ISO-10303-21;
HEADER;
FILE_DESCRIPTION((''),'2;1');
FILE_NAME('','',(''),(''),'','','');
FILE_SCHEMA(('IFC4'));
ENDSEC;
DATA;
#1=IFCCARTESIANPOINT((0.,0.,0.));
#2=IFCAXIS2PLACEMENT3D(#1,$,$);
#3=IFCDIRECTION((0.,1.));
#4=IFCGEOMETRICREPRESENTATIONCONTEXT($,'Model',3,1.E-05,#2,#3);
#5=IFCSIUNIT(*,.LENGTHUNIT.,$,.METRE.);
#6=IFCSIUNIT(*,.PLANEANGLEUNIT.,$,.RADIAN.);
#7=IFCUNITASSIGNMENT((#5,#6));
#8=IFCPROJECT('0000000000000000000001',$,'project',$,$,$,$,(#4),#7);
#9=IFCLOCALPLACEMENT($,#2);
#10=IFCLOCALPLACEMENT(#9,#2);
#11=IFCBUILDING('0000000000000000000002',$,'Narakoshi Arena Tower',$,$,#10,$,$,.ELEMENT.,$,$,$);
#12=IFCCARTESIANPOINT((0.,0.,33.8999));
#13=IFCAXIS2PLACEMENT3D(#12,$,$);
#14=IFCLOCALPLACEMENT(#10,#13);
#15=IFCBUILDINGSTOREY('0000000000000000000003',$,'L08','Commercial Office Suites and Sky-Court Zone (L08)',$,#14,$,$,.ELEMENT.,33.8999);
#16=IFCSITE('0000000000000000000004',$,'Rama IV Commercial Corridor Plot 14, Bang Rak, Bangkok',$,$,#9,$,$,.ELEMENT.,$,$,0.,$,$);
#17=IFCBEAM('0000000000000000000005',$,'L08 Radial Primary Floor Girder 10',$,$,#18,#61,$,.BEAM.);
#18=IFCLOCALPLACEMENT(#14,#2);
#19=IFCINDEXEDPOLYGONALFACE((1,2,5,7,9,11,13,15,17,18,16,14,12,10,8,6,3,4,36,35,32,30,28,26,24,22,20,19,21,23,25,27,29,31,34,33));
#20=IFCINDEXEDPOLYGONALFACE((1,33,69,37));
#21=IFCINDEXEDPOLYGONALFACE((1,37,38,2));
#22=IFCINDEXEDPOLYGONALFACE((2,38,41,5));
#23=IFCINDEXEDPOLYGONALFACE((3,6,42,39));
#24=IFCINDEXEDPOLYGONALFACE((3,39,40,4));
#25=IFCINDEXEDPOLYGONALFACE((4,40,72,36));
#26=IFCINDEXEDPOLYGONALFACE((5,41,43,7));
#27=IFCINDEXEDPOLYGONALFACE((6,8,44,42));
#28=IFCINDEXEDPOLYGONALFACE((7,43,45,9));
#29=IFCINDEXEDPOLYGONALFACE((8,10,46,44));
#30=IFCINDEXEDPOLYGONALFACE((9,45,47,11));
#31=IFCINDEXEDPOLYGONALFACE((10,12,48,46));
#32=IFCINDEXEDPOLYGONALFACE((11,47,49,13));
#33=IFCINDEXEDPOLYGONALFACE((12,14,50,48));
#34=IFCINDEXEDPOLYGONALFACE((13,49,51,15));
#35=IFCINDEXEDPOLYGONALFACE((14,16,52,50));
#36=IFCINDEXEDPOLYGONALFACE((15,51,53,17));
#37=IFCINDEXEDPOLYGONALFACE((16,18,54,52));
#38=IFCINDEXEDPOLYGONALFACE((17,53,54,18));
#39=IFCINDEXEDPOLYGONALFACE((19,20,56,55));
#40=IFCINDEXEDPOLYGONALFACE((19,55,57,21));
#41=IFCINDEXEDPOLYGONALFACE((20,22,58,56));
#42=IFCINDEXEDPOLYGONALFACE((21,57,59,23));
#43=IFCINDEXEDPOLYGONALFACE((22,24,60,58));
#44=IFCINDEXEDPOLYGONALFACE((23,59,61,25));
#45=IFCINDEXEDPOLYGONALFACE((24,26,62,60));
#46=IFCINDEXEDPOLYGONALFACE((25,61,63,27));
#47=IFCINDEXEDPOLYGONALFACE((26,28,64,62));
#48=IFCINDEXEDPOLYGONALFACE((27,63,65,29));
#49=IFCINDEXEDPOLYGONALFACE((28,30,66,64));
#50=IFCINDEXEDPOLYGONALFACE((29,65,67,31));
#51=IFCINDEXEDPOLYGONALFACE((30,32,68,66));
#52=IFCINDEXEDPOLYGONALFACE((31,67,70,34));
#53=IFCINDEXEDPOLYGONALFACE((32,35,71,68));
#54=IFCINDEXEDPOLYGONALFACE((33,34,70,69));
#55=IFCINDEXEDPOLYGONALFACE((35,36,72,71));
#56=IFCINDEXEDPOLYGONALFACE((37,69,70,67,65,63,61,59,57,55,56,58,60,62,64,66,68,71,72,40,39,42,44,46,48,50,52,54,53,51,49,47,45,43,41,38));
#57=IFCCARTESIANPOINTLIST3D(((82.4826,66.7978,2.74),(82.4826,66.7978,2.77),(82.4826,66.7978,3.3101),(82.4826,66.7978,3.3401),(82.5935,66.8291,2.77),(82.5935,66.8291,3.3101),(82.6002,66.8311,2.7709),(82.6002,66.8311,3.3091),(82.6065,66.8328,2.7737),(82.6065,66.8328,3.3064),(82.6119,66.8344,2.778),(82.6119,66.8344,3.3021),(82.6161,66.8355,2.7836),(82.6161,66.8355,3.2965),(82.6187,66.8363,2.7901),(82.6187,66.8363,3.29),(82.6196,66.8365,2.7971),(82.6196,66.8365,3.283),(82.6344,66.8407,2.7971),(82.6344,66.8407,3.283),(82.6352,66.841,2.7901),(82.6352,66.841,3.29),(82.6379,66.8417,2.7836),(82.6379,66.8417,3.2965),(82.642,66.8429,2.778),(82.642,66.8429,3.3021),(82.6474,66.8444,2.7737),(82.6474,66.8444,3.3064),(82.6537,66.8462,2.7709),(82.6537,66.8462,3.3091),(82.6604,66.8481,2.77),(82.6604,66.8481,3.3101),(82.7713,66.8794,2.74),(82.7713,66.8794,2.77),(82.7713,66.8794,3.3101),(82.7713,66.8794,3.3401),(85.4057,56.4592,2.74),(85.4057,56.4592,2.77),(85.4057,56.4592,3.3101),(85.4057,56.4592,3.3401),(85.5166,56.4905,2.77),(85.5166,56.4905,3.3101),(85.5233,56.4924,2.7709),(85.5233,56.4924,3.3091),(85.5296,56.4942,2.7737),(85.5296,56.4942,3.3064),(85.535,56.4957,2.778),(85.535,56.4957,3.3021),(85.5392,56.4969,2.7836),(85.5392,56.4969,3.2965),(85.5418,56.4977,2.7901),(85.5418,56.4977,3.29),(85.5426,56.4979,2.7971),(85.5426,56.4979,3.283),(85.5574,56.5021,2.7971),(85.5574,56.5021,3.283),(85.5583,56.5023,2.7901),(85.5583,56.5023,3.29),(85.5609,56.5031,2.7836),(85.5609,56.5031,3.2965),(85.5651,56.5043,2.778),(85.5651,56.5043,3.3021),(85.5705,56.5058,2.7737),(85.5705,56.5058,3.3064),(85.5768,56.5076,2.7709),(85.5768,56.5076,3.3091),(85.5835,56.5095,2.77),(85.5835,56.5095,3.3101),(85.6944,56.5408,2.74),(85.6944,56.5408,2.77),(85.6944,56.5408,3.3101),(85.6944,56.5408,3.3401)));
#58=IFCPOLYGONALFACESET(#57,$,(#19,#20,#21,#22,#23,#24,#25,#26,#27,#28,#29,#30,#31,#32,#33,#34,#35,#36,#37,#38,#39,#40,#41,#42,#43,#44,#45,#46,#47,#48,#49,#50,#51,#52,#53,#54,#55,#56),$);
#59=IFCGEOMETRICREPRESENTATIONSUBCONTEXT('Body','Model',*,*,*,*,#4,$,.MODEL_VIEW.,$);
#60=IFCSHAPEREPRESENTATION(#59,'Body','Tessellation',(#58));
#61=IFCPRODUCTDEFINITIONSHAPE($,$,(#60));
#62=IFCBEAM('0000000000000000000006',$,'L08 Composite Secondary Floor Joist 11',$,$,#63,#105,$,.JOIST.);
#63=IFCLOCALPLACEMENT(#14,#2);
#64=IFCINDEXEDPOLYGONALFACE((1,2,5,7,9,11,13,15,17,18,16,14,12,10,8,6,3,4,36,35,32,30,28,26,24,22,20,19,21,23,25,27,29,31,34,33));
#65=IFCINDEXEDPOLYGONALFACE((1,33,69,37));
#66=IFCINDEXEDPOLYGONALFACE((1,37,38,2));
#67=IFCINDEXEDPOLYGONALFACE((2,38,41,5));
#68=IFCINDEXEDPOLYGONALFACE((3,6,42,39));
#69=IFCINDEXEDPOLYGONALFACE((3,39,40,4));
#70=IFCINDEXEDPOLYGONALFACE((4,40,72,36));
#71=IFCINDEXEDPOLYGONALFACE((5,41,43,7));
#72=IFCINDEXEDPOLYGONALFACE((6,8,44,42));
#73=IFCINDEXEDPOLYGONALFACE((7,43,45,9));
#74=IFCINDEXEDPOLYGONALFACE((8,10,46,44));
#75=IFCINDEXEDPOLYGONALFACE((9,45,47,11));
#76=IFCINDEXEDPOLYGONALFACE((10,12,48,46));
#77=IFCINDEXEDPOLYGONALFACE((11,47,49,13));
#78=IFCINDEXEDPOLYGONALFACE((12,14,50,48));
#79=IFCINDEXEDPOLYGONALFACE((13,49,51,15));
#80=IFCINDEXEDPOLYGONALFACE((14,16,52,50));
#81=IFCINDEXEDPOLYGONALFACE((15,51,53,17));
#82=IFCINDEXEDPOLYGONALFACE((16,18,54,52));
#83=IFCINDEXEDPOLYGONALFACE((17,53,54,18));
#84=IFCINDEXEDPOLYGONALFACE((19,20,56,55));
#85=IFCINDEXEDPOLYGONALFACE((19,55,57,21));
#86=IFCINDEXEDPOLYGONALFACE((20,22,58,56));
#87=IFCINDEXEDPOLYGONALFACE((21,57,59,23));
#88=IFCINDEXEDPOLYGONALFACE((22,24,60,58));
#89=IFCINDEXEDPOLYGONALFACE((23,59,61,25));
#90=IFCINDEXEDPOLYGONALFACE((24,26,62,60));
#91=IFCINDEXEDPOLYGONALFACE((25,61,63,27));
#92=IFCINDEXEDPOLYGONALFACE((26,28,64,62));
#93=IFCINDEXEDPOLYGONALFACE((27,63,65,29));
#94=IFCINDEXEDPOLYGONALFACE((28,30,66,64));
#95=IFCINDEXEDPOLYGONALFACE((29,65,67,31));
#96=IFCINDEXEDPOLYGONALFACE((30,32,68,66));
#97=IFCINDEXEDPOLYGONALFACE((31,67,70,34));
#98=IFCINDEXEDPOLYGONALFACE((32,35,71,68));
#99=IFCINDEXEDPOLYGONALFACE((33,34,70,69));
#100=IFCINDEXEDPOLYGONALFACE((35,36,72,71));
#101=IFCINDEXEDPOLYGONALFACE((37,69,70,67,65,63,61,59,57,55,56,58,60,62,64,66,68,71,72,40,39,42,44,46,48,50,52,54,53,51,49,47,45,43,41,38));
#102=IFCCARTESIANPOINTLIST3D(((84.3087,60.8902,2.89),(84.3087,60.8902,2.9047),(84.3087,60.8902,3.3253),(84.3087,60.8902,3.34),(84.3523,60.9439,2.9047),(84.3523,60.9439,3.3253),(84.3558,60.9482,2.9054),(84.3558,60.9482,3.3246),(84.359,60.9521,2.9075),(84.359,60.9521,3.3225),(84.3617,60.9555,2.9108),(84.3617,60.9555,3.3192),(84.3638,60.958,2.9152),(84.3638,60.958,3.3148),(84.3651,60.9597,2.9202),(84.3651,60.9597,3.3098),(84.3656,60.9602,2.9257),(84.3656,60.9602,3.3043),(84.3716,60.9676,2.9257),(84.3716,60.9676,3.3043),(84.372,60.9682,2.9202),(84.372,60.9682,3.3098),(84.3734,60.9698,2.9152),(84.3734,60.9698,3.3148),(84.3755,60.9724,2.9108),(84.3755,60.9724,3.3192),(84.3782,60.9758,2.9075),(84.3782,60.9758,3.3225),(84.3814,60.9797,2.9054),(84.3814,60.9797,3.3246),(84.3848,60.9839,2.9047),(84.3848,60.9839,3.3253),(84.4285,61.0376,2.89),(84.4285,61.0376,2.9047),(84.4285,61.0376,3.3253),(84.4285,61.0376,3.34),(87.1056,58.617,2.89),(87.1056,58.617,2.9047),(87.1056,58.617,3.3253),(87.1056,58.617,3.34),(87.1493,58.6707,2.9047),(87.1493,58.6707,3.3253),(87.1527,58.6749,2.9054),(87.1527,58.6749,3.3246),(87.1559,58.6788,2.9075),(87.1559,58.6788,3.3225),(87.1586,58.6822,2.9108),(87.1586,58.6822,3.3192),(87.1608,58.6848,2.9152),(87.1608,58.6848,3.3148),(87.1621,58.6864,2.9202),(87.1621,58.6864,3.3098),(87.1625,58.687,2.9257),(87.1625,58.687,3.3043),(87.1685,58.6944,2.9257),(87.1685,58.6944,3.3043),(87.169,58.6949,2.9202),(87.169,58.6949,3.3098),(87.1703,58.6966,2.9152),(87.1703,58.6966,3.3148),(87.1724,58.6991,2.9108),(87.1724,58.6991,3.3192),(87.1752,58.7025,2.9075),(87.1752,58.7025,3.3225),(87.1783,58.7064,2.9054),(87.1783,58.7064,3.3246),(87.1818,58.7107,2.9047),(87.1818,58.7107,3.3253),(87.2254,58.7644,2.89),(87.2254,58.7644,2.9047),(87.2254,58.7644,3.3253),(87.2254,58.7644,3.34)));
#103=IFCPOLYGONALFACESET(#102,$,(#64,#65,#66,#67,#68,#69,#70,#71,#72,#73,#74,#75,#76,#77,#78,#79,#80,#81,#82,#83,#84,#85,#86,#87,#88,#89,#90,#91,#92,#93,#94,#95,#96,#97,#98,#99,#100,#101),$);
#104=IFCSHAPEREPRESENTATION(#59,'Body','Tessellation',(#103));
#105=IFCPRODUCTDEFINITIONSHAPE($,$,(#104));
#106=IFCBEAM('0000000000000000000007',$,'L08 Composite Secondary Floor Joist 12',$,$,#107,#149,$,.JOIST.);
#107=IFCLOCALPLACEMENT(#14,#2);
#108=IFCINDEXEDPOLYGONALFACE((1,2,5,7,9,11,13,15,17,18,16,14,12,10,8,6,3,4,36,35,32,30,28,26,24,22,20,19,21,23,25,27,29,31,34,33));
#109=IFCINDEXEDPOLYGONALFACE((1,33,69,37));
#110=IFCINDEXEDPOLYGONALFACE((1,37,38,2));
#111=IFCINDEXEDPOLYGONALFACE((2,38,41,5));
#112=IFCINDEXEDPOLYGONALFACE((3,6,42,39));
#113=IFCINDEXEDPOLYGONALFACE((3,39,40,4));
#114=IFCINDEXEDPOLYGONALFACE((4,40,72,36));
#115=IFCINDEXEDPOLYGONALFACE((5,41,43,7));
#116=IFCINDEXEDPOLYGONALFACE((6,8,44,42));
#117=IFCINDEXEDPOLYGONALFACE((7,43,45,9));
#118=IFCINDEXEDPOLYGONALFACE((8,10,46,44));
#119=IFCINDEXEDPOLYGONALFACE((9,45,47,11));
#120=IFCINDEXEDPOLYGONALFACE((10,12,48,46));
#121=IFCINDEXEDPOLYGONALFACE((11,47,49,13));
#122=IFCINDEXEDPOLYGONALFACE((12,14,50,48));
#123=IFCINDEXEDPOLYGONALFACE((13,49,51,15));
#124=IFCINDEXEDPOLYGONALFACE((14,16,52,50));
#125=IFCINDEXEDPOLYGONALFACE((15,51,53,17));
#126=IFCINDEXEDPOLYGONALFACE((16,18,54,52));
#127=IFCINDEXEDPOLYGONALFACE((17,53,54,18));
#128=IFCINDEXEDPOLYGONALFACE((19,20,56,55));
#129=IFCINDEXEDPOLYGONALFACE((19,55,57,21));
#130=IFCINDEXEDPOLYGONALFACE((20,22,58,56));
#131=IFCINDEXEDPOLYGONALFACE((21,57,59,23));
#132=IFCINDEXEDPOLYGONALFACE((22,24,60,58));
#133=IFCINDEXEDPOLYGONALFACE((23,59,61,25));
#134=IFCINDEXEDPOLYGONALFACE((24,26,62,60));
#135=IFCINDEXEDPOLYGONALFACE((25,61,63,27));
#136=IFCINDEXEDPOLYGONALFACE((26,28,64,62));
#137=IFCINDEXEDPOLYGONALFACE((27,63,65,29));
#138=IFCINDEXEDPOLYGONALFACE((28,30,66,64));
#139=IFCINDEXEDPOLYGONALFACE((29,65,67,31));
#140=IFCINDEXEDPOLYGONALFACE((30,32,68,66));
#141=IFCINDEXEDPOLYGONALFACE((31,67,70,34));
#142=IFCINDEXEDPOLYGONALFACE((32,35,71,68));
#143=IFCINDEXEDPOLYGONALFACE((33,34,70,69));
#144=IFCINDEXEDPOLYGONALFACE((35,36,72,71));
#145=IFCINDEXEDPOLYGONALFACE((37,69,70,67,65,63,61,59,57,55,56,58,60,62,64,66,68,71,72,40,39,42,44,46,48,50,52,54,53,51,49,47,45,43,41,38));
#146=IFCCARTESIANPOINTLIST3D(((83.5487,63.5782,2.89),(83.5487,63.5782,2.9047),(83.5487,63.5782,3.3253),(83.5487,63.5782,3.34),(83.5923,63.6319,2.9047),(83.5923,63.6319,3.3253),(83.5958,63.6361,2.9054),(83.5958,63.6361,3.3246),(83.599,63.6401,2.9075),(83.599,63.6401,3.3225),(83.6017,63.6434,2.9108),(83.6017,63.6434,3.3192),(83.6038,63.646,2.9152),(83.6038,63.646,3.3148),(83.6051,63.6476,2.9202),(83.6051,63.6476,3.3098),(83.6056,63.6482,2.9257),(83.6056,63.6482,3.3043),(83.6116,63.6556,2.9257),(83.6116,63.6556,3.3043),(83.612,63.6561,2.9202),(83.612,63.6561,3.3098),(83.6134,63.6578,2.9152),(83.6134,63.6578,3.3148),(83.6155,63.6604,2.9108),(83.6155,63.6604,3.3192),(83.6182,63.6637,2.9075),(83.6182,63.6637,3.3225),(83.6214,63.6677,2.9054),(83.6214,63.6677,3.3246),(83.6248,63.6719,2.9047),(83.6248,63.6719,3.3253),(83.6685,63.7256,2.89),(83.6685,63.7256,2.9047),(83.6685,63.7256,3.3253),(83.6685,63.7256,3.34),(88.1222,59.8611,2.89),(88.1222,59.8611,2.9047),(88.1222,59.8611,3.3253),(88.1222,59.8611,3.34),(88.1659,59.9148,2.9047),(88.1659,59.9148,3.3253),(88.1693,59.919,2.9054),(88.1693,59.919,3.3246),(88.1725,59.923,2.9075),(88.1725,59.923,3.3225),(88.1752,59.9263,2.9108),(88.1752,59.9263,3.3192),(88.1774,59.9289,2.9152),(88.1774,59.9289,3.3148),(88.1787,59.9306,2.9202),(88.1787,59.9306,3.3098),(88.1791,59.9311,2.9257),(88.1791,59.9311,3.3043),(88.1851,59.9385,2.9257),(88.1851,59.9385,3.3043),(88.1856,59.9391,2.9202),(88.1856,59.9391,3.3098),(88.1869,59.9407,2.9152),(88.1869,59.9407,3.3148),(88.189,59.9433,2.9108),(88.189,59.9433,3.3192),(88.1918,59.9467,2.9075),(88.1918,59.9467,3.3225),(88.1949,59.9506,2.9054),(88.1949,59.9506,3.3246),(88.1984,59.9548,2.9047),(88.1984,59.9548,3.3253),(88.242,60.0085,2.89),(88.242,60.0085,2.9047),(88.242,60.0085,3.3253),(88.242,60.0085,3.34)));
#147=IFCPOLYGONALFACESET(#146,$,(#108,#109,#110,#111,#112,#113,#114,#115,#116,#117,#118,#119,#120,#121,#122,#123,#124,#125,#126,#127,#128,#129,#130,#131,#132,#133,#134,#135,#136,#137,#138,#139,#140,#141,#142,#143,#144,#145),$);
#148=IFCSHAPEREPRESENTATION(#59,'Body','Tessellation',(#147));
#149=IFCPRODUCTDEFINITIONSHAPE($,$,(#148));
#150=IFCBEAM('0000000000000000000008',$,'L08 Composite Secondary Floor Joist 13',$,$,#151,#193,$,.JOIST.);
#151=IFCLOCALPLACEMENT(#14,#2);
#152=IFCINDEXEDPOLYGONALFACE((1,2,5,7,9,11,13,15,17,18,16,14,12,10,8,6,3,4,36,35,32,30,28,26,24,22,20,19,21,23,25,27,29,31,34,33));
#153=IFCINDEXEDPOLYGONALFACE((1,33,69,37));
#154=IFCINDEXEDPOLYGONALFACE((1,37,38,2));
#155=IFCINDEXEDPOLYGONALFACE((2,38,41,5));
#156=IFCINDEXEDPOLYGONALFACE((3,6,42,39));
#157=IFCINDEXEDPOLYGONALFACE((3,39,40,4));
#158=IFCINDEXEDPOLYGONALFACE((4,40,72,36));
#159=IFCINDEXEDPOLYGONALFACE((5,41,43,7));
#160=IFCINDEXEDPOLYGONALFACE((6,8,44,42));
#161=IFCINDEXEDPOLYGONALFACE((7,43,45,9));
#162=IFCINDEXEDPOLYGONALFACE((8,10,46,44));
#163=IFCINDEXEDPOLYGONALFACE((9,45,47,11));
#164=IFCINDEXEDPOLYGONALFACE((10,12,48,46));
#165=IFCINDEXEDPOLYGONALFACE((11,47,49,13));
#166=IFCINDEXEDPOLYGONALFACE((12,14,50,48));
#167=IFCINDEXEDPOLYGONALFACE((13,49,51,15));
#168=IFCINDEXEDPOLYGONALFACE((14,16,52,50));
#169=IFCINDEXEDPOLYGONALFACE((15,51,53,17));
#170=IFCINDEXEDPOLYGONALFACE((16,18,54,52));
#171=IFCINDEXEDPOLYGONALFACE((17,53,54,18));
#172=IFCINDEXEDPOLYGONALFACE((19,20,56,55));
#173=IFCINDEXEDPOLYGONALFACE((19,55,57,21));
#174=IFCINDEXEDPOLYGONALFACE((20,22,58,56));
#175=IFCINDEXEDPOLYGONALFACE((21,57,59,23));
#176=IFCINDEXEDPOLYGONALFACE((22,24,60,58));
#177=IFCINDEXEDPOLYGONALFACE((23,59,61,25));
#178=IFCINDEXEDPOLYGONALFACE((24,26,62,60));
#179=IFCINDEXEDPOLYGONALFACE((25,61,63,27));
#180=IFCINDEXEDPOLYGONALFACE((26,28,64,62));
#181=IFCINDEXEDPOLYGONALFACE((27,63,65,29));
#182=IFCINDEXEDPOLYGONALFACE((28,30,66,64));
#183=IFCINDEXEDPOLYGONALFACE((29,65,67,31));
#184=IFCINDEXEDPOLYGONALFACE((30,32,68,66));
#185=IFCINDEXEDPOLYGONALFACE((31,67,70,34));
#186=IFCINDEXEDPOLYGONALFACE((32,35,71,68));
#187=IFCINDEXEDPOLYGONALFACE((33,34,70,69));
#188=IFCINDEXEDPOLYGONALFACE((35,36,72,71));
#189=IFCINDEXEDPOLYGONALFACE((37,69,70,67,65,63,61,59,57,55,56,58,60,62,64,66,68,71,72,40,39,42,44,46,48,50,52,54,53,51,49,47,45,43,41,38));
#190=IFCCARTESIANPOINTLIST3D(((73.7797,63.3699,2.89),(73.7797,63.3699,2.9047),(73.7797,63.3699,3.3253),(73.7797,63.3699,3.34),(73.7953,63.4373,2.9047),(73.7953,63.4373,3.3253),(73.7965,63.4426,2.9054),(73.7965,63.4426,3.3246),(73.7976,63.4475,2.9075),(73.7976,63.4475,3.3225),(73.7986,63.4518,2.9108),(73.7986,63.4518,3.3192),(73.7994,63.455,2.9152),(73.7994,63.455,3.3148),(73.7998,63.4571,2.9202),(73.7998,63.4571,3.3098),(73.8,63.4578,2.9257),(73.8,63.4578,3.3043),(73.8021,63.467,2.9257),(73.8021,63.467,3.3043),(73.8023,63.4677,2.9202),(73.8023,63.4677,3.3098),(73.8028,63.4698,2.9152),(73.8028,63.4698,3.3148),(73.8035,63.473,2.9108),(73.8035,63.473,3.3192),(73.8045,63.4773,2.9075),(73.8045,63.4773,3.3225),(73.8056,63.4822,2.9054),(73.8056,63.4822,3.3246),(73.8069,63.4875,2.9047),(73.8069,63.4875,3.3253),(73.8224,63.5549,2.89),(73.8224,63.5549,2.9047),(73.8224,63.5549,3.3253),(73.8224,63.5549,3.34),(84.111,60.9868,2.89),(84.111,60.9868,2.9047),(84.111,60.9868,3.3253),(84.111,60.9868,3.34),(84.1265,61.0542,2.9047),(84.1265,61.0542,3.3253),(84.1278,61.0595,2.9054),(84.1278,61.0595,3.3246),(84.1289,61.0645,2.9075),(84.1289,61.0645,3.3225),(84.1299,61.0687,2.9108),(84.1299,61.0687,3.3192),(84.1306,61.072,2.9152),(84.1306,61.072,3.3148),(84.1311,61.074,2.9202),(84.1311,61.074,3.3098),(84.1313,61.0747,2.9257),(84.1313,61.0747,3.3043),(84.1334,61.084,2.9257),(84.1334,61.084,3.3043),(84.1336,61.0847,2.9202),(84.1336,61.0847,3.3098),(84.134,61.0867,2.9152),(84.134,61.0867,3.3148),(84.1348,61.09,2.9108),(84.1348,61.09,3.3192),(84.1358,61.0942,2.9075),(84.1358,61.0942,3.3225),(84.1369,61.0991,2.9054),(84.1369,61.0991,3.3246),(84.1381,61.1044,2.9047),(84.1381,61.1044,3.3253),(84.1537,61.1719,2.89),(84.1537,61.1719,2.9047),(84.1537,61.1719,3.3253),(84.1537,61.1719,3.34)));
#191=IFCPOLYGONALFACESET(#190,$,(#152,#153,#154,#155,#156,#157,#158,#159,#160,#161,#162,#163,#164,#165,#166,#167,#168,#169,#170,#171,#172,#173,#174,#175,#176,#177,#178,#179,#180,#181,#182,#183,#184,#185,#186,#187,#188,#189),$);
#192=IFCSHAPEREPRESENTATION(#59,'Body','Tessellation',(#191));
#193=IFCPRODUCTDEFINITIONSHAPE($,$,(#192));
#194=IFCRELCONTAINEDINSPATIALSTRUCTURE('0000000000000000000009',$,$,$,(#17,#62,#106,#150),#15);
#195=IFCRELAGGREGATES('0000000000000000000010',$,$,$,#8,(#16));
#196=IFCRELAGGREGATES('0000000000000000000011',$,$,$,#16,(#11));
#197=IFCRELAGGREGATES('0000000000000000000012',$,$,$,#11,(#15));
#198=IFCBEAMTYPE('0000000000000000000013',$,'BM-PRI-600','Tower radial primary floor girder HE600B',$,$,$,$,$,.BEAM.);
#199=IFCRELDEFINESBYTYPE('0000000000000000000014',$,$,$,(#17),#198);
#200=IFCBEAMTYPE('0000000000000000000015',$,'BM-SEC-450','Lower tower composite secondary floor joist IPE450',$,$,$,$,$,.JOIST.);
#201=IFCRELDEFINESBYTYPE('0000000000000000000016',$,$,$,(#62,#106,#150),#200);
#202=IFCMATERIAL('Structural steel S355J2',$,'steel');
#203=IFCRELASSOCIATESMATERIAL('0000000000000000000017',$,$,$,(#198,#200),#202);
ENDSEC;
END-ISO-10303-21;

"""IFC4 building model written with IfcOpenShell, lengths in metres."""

from ifc_helpers import new_model, si_unit, direction, frame, origin, origin_2d, place, context, subcontext, project, spatial, i_section, extrude, material, material_profile, profile_set, type_object, element, save


model = new_model("IFC4")

# Units and contexts
model_context = context("Model", 3, precision=1e-05, world=origin(), true_north=direction((0.0, 1.0)))
body_context = subcontext(model_context, "Body", "Model", "MODEL_VIEW")
ifc_project = project(units=[si_unit("LENGTHUNIT", "METRE"), si_unit("PLANEANGLEUNIT", "RADIAN")], contexts=[model_context])

# Site, building, storey
site_placement = place(None, origin())
site = spatial("IfcSite", under=ifc_project, at=site_placement, Name="Rama IV Commercial Corridor Plot 14, Bang Rak, Bangkok", CompositionType="ELEMENT", RefElevation=0.0)
building_placement = place(site_placement, origin())
building = spatial("IfcBuilding", under=site, at=building_placement, Name="Narakoshi Arena Tower", CompositionType="ELEMENT")
storey_placement = place(building_placement, frame((0.0, 0.0, 33.8999)))
storey = spatial("IfcBuildingStorey", under=building, at=storey_placement, Name="L08", Description="Commercial Office Suites and Sky-Court Zone (L08)", CompositionType="ELEMENT", Elevation=33.8999)

# Beams
ifc_material_1 = material(Name="Structural steel S355J2", Category="steel")
ifc_material_profile_1 = material_profile(ifc_material_1, i_section(OverallWidth=0.3, OverallDepth=0.6001, WebThickness=0.0154, FlangeThickness=0.03, FilletRadius=0.0271, at=origin_2d()), Name="HE600B")
ifc_profile_set_1 = profile_set([ifc_material_profile_1], Name="Structural steel S355J2")
beam_type_1 = type_object("IfcBeamType", Name="BM-PRI-600", Description="Tower radial primary floor girder HE600B", PredefinedType="BEAM", material=ifc_profile_set_1)
beam_1_placement = place(storey_placement, frame((85.55, 56.5, 3.04), z_axis=(-0.27207, 0.962277, 0.0), x_axis=(-0.962277, -0.27207, 0.0)))
element("IfcBeam", 1, at=beam_1_placement, inside=storey, type_object=beam_type_1, Name="L08 Radial Primary Floor Girder 10", PredefinedType="BEAM", context=body_context, shape_type="SweptSolid", body=[
    extrude(i_section(OverallWidth=0.3, OverallDepth=0.6001, WebThickness=0.0154, FlangeThickness=0.03, FilletRadius=0.0271, at=origin_2d()), origin(), (0.0, 0.0, 1.0), 10.7439),
])
ifc_material_profile_2 = material_profile(ifc_material_1, i_section(OverallWidth=0.1899, OverallDepth=0.45, WebThickness=0.0095, FlangeThickness=0.0146, FilletRadius=0.021, at=origin_2d()), Name="IPE450")
ifc_profile_set_2 = profile_set([ifc_material_profile_2], Name="Structural steel S355J2")
beam_type_2 = type_object("IfcBeamType", Name="BM-SEC-450", Description="Lower tower composite secondary floor joist IPE450", PredefinedType="JOIST", material=ifc_profile_set_2)
beam_2_placement = place(storey_placement, frame((87.1655, 58.6907, 3.115), z_axis=(-0.776015, 0.630715, 0.0), x_axis=(-0.630715, -0.776015, 0.0)))
element("IfcBeam", 2, at=beam_2_placement, inside=storey, type_object=beam_type_2, Name="L08 Composite Secondary Floor Joist 11", PredefinedType="JOIST", context=body_context, shape_type="SweptSolid", body=[
    extrude(i_section(OverallWidth=0.1899, OverallDepth=0.45, WebThickness=0.0095, FlangeThickness=0.0146, FilletRadius=0.021, at=origin_2d()), origin(), (0.0, 0.0, 1.0), 3.6042),
])
beam_3_placement = place(storey_placement, frame((88.1821, 59.9348, 3.115), z_axis=(-0.776024, 0.630703, 0.0), x_axis=(-0.630703, -0.776024, 0.0)))
element("IfcBeam", 3, at=beam_3_placement, inside=storey, type_object=beam_type_2, Name="L08 Composite Secondary Floor Joist 12", PredefinedType="JOIST", context=body_context, shape_type="SweptSolid", body=[
    extrude(i_section(OverallWidth=0.1899, OverallDepth=0.45, WebThickness=0.0095, FlangeThickness=0.0146, FilletRadius=0.021, at=origin_2d()), origin(), (0.0, 0.0, 1.0), 5.8936),
])
beam_4_placement = place(storey_placement, frame((84.1323, 61.0793, 3.115), z_axis=(-0.974414, 0.224762, 0.0), x_axis=(-0.224762, -0.974414, 0.0)))
element("IfcBeam", 4, at=beam_4_placement, inside=storey, type_object=beam_type_2, Name="L08 Composite Secondary Floor Joist 13", PredefinedType="JOIST", context=body_context, shape_type="SweptSolid", body=[
    extrude(i_section(OverallWidth=0.1899, OverallDepth=0.45, WebThickness=0.0095, FlangeThickness=0.0146, FilletRadius=0.021, at=origin_2d()), origin(), (0.0, 0.0, 1.0), 10.6025),
])

save(model, "model.ifc")
